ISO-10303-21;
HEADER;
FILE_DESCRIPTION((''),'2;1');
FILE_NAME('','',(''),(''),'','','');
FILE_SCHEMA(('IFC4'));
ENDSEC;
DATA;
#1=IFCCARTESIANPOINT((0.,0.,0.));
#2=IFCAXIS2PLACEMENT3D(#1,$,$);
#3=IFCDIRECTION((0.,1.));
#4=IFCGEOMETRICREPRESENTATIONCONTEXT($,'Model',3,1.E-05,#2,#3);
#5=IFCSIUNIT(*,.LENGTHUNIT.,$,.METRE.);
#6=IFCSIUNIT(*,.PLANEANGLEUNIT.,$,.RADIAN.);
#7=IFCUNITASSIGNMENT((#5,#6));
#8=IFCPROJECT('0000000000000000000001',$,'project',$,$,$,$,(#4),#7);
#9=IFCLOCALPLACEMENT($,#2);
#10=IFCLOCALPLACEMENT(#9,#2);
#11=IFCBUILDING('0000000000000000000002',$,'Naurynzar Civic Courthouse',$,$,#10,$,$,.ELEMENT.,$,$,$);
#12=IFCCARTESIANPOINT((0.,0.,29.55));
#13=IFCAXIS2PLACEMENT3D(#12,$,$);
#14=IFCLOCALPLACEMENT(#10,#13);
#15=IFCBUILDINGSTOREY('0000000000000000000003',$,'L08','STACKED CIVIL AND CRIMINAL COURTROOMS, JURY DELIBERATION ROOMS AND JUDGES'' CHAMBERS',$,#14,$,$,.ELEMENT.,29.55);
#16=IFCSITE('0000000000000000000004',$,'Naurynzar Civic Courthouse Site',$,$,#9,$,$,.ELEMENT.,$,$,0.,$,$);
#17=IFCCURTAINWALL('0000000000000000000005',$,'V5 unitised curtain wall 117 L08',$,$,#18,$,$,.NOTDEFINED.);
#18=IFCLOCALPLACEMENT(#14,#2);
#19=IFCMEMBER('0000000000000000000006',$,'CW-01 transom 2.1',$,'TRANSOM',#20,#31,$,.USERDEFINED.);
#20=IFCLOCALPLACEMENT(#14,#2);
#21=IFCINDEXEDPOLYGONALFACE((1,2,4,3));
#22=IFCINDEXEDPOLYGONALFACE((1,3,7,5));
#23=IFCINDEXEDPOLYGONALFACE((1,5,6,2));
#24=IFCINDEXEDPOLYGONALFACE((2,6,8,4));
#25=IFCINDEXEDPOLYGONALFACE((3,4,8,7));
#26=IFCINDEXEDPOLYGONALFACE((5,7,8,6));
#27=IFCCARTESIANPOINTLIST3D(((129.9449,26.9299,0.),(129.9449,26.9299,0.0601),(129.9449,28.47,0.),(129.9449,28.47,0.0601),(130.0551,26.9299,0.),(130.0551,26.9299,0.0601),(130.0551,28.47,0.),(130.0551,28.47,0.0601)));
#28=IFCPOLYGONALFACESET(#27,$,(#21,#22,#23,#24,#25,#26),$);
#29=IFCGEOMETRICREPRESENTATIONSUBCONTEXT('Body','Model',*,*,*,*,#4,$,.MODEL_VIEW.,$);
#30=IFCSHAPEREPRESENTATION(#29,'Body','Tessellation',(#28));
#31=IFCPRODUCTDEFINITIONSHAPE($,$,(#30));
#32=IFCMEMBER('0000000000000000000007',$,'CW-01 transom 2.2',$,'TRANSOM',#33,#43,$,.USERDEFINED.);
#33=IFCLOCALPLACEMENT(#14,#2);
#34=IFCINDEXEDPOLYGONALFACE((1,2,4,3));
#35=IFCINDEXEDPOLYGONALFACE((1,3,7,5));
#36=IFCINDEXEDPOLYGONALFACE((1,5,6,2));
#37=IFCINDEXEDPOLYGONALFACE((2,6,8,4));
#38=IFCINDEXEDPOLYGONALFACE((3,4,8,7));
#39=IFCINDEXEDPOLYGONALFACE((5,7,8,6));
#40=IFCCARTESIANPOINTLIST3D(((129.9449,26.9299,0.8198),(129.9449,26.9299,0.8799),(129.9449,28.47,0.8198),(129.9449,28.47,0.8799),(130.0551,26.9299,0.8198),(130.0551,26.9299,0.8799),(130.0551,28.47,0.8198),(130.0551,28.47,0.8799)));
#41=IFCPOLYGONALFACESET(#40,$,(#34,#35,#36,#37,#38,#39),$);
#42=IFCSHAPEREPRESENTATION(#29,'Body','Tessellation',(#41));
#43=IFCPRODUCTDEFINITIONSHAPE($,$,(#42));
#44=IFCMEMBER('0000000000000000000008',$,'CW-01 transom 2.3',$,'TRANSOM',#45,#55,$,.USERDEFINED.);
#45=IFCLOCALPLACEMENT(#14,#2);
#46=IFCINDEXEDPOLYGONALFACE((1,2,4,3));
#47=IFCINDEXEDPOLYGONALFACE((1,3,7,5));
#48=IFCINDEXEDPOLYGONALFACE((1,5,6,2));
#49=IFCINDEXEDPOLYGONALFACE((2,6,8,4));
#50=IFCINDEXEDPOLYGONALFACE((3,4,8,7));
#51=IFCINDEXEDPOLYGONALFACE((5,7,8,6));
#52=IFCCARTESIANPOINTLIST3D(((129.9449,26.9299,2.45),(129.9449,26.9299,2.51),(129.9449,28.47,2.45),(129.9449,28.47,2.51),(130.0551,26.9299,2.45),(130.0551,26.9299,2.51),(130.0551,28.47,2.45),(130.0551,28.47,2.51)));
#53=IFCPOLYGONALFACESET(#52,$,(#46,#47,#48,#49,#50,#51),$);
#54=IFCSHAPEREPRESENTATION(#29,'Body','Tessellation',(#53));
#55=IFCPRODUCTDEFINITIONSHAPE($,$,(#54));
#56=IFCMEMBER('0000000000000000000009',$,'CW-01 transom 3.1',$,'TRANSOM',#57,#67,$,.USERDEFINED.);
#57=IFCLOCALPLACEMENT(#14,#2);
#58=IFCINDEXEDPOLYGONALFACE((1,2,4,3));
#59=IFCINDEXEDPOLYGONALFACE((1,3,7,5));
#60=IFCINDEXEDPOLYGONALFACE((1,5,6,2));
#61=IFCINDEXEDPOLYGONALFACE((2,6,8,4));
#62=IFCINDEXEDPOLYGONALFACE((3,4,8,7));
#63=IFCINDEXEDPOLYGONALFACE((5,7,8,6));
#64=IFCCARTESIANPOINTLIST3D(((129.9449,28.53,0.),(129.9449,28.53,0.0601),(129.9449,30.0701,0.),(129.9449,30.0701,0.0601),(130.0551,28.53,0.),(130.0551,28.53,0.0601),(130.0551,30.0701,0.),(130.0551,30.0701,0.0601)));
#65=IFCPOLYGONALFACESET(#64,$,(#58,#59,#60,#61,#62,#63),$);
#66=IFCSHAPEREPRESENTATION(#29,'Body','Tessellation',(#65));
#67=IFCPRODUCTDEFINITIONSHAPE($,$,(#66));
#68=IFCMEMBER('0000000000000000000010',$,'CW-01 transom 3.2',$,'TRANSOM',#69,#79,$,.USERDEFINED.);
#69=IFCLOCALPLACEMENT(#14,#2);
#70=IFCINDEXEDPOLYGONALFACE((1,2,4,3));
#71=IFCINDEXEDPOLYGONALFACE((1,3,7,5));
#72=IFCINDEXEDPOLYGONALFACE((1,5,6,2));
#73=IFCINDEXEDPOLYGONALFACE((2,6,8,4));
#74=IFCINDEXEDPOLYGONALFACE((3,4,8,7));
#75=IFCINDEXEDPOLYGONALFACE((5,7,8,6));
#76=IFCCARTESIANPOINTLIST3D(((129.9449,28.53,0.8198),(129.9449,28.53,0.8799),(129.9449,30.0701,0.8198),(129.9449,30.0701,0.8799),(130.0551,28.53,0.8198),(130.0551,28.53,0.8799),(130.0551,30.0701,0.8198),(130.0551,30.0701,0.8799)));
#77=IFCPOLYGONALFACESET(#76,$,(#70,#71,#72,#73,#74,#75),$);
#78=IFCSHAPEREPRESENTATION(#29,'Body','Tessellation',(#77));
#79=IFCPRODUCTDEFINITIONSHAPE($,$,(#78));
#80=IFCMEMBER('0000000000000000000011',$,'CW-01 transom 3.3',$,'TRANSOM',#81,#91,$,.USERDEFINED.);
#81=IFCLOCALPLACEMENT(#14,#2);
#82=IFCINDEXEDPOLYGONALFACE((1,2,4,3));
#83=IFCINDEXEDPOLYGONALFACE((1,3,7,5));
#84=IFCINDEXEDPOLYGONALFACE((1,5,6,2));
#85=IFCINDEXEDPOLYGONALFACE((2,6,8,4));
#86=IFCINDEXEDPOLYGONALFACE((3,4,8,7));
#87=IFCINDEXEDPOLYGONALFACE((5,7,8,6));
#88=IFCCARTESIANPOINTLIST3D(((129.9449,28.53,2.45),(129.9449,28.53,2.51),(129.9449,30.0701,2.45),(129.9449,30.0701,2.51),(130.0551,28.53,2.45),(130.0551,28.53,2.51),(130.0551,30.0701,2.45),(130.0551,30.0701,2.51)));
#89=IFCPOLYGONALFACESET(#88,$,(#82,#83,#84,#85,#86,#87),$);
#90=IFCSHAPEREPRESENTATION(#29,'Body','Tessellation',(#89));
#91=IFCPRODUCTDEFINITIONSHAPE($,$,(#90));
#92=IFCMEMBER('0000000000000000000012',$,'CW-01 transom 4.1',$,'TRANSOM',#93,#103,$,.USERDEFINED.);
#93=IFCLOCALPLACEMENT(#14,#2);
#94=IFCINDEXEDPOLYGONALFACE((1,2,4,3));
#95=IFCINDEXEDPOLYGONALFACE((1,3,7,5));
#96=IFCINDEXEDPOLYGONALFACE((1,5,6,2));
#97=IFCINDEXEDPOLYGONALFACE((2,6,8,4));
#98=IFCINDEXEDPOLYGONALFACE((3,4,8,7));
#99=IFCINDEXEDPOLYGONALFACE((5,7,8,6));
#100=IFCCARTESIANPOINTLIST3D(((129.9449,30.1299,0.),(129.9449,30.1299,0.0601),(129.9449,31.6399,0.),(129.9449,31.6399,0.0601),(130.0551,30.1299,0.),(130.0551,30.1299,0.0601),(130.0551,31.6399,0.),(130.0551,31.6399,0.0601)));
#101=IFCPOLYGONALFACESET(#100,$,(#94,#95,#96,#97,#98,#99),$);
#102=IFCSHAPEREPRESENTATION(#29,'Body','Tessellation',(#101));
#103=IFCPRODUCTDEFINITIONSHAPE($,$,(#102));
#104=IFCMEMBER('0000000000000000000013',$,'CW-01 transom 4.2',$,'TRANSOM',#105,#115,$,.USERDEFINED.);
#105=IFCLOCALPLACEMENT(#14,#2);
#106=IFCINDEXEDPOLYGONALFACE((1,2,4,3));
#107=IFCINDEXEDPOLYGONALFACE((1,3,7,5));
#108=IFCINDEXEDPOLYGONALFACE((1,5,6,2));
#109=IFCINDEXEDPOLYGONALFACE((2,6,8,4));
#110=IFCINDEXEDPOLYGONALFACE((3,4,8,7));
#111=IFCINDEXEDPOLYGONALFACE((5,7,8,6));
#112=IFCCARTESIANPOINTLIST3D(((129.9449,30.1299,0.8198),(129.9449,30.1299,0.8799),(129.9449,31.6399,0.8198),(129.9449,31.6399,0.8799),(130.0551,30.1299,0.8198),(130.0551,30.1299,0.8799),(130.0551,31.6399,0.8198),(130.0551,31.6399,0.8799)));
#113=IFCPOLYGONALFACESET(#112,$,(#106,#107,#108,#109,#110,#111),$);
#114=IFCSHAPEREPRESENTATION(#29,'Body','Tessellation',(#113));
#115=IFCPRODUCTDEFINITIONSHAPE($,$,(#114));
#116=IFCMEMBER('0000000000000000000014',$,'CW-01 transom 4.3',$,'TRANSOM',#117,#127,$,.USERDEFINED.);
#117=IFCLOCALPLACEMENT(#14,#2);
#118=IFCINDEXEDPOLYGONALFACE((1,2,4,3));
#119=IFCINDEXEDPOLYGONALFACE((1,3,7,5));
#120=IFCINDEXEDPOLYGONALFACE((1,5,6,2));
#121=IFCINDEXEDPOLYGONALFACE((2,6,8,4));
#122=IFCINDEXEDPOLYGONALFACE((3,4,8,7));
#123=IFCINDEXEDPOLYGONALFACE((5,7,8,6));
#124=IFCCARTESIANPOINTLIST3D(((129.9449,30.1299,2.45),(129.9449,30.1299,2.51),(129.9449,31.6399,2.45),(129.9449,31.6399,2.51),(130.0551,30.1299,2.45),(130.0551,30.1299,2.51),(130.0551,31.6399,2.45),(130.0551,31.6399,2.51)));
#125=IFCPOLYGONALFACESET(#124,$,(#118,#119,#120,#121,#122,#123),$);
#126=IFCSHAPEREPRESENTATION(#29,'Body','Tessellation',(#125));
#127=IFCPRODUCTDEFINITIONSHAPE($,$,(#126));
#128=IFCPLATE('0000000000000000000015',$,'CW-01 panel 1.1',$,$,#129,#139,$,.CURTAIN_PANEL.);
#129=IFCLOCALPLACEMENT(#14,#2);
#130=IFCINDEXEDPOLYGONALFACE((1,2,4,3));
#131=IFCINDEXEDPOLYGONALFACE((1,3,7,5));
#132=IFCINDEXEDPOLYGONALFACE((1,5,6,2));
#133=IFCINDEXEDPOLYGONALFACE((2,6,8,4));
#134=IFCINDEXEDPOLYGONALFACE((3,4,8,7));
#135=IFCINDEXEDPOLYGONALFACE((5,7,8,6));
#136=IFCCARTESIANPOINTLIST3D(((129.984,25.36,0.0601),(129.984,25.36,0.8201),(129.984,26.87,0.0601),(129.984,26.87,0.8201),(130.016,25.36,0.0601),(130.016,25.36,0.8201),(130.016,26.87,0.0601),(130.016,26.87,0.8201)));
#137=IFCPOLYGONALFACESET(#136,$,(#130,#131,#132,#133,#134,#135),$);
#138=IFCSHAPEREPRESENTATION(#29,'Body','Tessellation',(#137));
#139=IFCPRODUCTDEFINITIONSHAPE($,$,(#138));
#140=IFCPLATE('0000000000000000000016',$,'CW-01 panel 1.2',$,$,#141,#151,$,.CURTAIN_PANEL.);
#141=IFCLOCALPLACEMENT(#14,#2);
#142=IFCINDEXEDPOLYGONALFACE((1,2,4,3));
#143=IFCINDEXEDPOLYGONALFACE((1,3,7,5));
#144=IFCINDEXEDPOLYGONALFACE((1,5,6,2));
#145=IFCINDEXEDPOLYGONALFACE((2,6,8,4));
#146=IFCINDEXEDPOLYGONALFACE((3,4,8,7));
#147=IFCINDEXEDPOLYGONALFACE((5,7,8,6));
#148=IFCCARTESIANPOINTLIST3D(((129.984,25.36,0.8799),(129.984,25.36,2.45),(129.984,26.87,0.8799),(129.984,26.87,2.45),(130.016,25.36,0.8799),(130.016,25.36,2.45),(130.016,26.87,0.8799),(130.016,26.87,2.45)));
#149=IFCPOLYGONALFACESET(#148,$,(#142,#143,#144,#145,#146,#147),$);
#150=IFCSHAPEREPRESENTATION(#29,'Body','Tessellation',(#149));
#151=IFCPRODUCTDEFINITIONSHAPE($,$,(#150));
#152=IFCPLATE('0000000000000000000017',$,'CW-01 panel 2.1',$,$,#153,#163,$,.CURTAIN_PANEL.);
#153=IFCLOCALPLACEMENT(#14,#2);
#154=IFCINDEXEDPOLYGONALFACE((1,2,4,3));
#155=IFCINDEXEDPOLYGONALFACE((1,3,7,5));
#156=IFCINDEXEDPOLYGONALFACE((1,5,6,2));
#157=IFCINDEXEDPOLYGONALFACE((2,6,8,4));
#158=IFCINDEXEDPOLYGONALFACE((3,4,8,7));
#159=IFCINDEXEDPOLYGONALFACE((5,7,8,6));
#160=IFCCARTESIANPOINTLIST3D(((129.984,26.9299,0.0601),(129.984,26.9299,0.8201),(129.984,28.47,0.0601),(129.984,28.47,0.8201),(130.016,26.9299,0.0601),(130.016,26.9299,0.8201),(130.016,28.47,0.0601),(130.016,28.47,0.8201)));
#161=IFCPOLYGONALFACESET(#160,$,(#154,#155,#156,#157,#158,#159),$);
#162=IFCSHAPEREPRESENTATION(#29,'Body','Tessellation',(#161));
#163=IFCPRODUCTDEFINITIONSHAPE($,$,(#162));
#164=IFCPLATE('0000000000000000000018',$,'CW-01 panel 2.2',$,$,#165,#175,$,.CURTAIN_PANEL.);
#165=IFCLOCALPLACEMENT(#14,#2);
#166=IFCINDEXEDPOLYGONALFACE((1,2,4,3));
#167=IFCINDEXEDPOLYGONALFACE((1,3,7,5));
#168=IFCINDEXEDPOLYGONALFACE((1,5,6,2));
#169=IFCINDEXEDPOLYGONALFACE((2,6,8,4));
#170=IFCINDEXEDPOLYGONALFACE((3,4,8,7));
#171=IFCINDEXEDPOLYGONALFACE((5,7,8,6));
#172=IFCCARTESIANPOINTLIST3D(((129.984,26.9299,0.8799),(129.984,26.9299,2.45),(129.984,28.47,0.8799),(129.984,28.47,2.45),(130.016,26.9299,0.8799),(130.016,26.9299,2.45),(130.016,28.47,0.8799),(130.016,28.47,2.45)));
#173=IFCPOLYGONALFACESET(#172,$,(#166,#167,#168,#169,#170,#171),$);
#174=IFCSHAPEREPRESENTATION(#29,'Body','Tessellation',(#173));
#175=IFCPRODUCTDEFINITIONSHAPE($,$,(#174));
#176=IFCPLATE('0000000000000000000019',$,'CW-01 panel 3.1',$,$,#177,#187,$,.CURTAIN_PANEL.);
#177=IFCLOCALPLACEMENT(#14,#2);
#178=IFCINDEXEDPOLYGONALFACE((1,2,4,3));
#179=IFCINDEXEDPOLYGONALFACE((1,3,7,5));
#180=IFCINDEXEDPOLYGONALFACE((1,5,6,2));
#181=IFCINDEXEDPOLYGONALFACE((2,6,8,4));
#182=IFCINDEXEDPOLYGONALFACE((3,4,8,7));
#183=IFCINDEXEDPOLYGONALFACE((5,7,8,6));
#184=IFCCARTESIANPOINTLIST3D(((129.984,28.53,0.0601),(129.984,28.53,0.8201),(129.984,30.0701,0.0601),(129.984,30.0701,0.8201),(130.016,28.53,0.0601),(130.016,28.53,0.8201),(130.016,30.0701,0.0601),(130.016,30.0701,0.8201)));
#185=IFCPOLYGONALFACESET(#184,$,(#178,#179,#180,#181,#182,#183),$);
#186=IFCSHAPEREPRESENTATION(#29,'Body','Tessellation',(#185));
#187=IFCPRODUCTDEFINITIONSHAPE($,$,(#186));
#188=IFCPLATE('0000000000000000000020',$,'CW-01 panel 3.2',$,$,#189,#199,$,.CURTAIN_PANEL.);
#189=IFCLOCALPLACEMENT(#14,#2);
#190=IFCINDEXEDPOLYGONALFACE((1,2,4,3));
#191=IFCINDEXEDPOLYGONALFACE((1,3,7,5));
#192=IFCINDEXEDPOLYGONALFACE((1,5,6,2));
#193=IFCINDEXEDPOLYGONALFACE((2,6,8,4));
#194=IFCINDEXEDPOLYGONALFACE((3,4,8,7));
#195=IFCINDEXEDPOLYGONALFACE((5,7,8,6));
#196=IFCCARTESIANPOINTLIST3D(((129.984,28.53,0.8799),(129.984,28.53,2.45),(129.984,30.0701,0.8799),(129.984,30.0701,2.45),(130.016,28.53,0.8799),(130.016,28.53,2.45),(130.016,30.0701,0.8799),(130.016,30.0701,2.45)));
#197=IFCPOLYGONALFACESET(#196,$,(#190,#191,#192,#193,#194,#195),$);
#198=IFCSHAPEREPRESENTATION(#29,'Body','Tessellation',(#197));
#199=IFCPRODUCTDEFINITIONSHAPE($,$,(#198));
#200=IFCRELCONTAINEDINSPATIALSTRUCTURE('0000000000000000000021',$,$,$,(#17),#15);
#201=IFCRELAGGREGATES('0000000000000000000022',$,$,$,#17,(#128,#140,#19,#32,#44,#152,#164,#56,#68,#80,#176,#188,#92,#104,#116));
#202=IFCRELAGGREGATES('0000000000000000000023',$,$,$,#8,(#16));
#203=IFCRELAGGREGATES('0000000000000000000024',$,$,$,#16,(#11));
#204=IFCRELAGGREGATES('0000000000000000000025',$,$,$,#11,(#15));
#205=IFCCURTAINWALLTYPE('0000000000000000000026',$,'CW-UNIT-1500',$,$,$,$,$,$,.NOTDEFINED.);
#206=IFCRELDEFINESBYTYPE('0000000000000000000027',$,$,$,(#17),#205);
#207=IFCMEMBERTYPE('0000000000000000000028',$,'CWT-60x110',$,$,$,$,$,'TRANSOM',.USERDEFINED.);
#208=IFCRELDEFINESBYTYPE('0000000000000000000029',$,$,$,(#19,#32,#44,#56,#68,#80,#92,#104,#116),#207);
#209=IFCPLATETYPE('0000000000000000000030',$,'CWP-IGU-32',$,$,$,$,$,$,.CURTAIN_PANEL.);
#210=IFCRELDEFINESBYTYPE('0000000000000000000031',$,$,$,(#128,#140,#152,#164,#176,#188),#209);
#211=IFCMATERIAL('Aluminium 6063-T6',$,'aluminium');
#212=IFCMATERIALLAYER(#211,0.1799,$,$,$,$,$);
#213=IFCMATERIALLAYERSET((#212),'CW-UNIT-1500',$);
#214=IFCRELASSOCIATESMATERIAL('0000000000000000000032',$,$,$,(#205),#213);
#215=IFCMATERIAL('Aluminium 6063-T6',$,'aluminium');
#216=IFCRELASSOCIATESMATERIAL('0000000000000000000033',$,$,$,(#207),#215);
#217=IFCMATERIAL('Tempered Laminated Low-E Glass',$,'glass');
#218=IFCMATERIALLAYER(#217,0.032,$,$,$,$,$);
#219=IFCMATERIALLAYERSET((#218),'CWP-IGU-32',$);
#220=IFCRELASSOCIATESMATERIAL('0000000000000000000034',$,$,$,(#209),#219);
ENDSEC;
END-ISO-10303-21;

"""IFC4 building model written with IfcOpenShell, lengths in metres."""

from ifc_helpers import new_model, si_unit, direction, frame, origin, origin_2d, place, context, subcontext, project, spatial, rectangle, extrude, material, layer, layer_set, material_profile, profile_set, type_object, element, aggregate, save


model = new_model("IFC4")

# Units and contexts
model_context = context("Model", 3, precision=1e-05, world=origin(), true_north=direction((0.0, 1.0)))
body_context = subcontext(model_context, "Body", "Model", "MODEL_VIEW")
ifc_project = project(units=[si_unit("LENGTHUNIT", "METRE"), si_unit("PLANEANGLEUNIT", "RADIAN")], contexts=[model_context])

# Site, building, storey
site_placement = place(None, origin())
site = spatial("IfcSite", under=ifc_project, at=site_placement, Name="Naurynzar Civic Courthouse Site", CompositionType="ELEMENT", RefElevation=0.0)
building_placement = place(site_placement, origin())
building = spatial("IfcBuilding", under=site, at=building_placement, Name="Naurynzar Civic Courthouse", CompositionType="ELEMENT")
storey_placement = place(building_placement, frame((0.0, 0.0, 29.55)))
storey = spatial("IfcBuildingStorey", under=building, at=storey_placement, Name="L08", Description="STACKED CIVIL AND CRIMINAL COURTROOMS, JURY DELIBERATION ROOMS AND JUDGES' CHAMBERS", CompositionType="ELEMENT", Elevation=29.55)

# Curtain wall, members, plates
ifc_material_1 = material(Name="Aluminium 6063-T6", Category="aluminium")
ifc_layer_1 = layer(ifc_material_1, 0.1799)
ifc_layer_set_1 = layer_set([ifc_layer_1], Name="CW-UNIT-1500")
curtain_wall_type = type_object("IfcCurtainWallType", Name="CW-UNIT-1500", PredefinedType="NOTDEFINED", material=ifc_layer_set_1)
curtain_wall_placement = place(storey_placement, origin())
curtain_wall = element("IfcCurtainWall", 1, at=curtain_wall_placement, inside=storey, type_object=curtain_wall_type, Name="V5 unitised curtain wall 117 L08", PredefinedType="NOTDEFINED")
ifc_material_2 = material(Name="Aluminium 6063-T6", Category="aluminium")
ifc_material_profile_1 = material_profile(ifc_material_2, rectangle(XDim=0.1101, YDim=0.0601, at=origin_2d()), Name="ALU TRANSOM 60x110")
ifc_profile_set_1 = profile_set([ifc_material_profile_1], Name="Aluminium 6063-T6")
member_type_1 = type_object("IfcMemberType", Name="CWT-60x110", ElementType="TRANSOM", PredefinedType="USERDEFINED", material=ifc_profile_set_1)
member_1_placement = place(storey_placement, frame((130.0, 26.9299, 0.03), z_axis=(0.0, 1.0, 0.0), x_axis=(-1.0, 0.0, 0.0)))
member_1 = element("IfcMember", 2, at=member_1_placement, type_object=member_type_1, Name="CW-01 transom 2.1", ObjectType="TRANSOM", PredefinedType="USERDEFINED", context=body_context, shape_type="SweptSolid", body=[
    extrude(rectangle(XDim=0.1101, YDim=0.0601, at=origin_2d()), origin(), (0.0, 0.0, 1.0), 1.54),
])
member_2_placement = place(storey_placement, frame((130.0, 26.9299, 0.8499), z_axis=(0.0, 1.0, 0.0), x_axis=(-1.0, 0.0, 0.0)))
member_2 = element("IfcMember", 3, at=member_2_placement, type_object=member_type_1, Name="CW-01 transom 2.2", ObjectType="TRANSOM", PredefinedType="USERDEFINED", context=body_context, shape_type="SweptSolid", body=[
    extrude(rectangle(XDim=0.1101, YDim=0.0601, at=origin_2d()), origin(), (0.0, 0.0, 1.0), 1.54),
])
member_3_placement = place(storey_placement, frame((130.0, 26.9299, 2.48), z_axis=(0.0, 1.0, 0.0), x_axis=(-1.0, 0.0, 0.0)))
member_3 = element("IfcMember", 4, at=member_3_placement, type_object=member_type_1, Name="CW-01 transom 2.3", ObjectType="TRANSOM", PredefinedType="USERDEFINED", context=body_context, shape_type="SweptSolid", body=[
    extrude(rectangle(XDim=0.1101, YDim=0.0601, at=origin_2d()), origin(), (0.0, 0.0, 1.0), 1.54),
])
member_4_placement = place(storey_placement, frame((130.0, 28.53, 0.03), z_axis=(0.0, 1.0, 0.0), x_axis=(-1.0, 0.0, 0.0)))
member_4 = element("IfcMember", 5, at=member_4_placement, type_object=member_type_1, Name="CW-01 transom 3.1", ObjectType="TRANSOM", PredefinedType="USERDEFINED", context=body_context, shape_type="SweptSolid", body=[
    extrude(rectangle(XDim=0.1101, YDim=0.0601, at=origin_2d()), origin(), (0.0, 0.0, 1.0), 1.54),
])
member_5_placement = place(storey_placement, frame((130.0, 28.53, 0.8499), z_axis=(0.0, 1.0, 0.0), x_axis=(-1.0, 0.0, 0.0)))
member_5 = element("IfcMember", 6, at=member_5_placement, type_object=member_type_1, Name="CW-01 transom 3.2", ObjectType="TRANSOM", PredefinedType="USERDEFINED", context=body_context, shape_type="SweptSolid", body=[
    extrude(rectangle(XDim=0.1101, YDim=0.0601, at=origin_2d()), origin(), (0.0, 0.0, 1.0), 1.54),
])
member_6_placement = place(storey_placement, frame((130.0, 28.53, 2.48), z_axis=(0.0, 1.0, 0.0), x_axis=(-1.0, 0.0, 0.0)))
member_6 = element("IfcMember", 7, at=member_6_placement, type_object=member_type_1, Name="CW-01 transom 3.3", ObjectType="TRANSOM", PredefinedType="USERDEFINED", context=body_context, shape_type="SweptSolid", body=[
    extrude(rectangle(XDim=0.1101, YDim=0.0601, at=origin_2d()), origin(), (0.0, 0.0, 1.0), 1.54),
])
member_7_placement = place(storey_placement, frame((130.0, 30.1299, 0.03), z_axis=(0.0, 1.0, 0.0), x_axis=(-1.0, 0.0, 0.0)))
member_7 = element("IfcMember", 8, at=member_7_placement, type_object=member_type_1, Name="CW-01 transom 4.1", ObjectType="TRANSOM", PredefinedType="USERDEFINED", context=body_context, shape_type="SweptSolid", body=[
    extrude(rectangle(XDim=0.1101, YDim=0.0601, at=origin_2d()), origin(), (0.0, 0.0, 1.0), 1.51),
])
member_8_placement = place(storey_placement, frame((130.0, 30.1299, 0.8499), z_axis=(0.0, 1.0, 0.0), x_axis=(-1.0, 0.0, 0.0)))
member_8 = element("IfcMember", 9, at=member_8_placement, type_object=member_type_1, Name="CW-01 transom 4.2", ObjectType="TRANSOM", PredefinedType="USERDEFINED", context=body_context, shape_type="SweptSolid", body=[
    extrude(rectangle(XDim=0.1101, YDim=0.0601, at=origin_2d()), origin(), (0.0, 0.0, 1.0), 1.51),
])
member_9_placement = place(storey_placement, frame((130.0, 30.1299, 2.48), z_axis=(0.0, 1.0, 0.0), x_axis=(-1.0, 0.0, 0.0)))
member_9 = element("IfcMember", 10, at=member_9_placement, type_object=member_type_1, Name="CW-01 transom 4.3", ObjectType="TRANSOM", PredefinedType="USERDEFINED", context=body_context, shape_type="SweptSolid", body=[
    extrude(rectangle(XDim=0.1101, YDim=0.0601, at=origin_2d()), origin(), (0.0, 0.0, 1.0), 1.51),
])
ifc_material_3 = material(Name="Tempered Laminated Low-E Glass", Category="glass")
ifc_layer_2 = layer(ifc_material_3, 0.032)
ifc_layer_set_2 = layer_set([ifc_layer_2], Name="CWP-IGU-32")
plate_type = type_object("IfcPlateType", Name="CWP-IGU-32", PredefinedType="CURTAIN_PANEL", material=ifc_layer_set_2)
plate_1_placement = place(storey_placement, frame((130.0, 26.115, 0.0601), z_axis=(0.0, 0.0, 1.0), x_axis=(0.0, 1.0, 0.0)))
plate_1 = element("IfcPlate", 11, at=plate_1_placement, type_object=plate_type, Name="CW-01 panel 1.1", PredefinedType="CURTAIN_PANEL", context=body_context, shape_type="SweptSolid", body=[
    extrude(rectangle(XDim=1.51, YDim=0.032, at=origin_2d()), origin(), (0.0, 0.0, 1.0), 0.76),
])
plate_2_placement = place(storey_placement, frame((130.0, 26.115, 0.8799), z_axis=(0.0, 0.0, 1.0), x_axis=(0.0, 1.0, 0.0)))
plate_2 = element("IfcPlate", 12, at=plate_2_placement, type_object=plate_type, Name="CW-01 panel 1.2", PredefinedType="CURTAIN_PANEL", context=body_context, shape_type="SweptSolid", body=[
    extrude(rectangle(XDim=1.51, YDim=0.032, at=origin_2d()), origin(), (0.0, 0.0, 1.0), 1.5701),
])
plate_3_placement = place(storey_placement, frame((130.0, 27.7, 0.0601), z_axis=(0.0, 0.0, 1.0), x_axis=(0.0, 1.0, 0.0)))
plate_3 = element("IfcPlate", 13, at=plate_3_placement, type_object=plate_type, Name="CW-01 panel 2.1", PredefinedType="CURTAIN_PANEL", context=body_context, shape_type="SweptSolid", body=[
    extrude(rectangle(XDim=1.54, YDim=0.032, at=origin_2d()), origin(), (0.0, 0.0, 1.0), 0.76),
])
plate_4_placement = place(storey_placement, frame((130.0, 27.7, 0.8799), z_axis=(0.0, 0.0, 1.0), x_axis=(0.0, 1.0, 0.0)))
plate_4 = element("IfcPlate", 14, at=plate_4_placement, type_object=plate_type, Name="CW-01 panel 2.2", PredefinedType="CURTAIN_PANEL", context=body_context, shape_type="SweptSolid", body=[
    extrude(rectangle(XDim=1.54, YDim=0.032, at=origin_2d()), origin(), (0.0, 0.0, 1.0), 1.5701),
])
plate_5_placement = place(storey_placement, frame((130.0, 29.3, 0.0601), z_axis=(0.0, 0.0, 1.0), x_axis=(0.0, 1.0, 0.0)))
plate_5 = element("IfcPlate", 15, at=plate_5_placement, type_object=plate_type, Name="CW-01 panel 3.1", PredefinedType="CURTAIN_PANEL", context=body_context, shape_type="SweptSolid", body=[
    extrude(rectangle(XDim=1.54, YDim=0.032, at=origin_2d()), origin(), (0.0, 0.0, 1.0), 0.76),
])
plate_6_placement = place(storey_placement, frame((130.0, 29.3, 0.8799), z_axis=(0.0, 0.0, 1.0), x_axis=(0.0, 1.0, 0.0)))
plate_6 = element("IfcPlate", 16, at=plate_6_placement, type_object=plate_type, Name="CW-01 panel 3.2", PredefinedType="CURTAIN_PANEL", context=body_context, shape_type="SweptSolid", body=[
    extrude(rectangle(XDim=1.54, YDim=0.032, at=origin_2d()), origin(), (0.0, 0.0, 1.0), 1.5701),
])
aggregate(curtain_wall, [plate_1, plate_2, member_1, member_2, member_3, plate_3, plate_4, member_4, member_5, member_6, plate_5, plate_6, member_7, member_8, member_9])

save(model, "model.ifc")
